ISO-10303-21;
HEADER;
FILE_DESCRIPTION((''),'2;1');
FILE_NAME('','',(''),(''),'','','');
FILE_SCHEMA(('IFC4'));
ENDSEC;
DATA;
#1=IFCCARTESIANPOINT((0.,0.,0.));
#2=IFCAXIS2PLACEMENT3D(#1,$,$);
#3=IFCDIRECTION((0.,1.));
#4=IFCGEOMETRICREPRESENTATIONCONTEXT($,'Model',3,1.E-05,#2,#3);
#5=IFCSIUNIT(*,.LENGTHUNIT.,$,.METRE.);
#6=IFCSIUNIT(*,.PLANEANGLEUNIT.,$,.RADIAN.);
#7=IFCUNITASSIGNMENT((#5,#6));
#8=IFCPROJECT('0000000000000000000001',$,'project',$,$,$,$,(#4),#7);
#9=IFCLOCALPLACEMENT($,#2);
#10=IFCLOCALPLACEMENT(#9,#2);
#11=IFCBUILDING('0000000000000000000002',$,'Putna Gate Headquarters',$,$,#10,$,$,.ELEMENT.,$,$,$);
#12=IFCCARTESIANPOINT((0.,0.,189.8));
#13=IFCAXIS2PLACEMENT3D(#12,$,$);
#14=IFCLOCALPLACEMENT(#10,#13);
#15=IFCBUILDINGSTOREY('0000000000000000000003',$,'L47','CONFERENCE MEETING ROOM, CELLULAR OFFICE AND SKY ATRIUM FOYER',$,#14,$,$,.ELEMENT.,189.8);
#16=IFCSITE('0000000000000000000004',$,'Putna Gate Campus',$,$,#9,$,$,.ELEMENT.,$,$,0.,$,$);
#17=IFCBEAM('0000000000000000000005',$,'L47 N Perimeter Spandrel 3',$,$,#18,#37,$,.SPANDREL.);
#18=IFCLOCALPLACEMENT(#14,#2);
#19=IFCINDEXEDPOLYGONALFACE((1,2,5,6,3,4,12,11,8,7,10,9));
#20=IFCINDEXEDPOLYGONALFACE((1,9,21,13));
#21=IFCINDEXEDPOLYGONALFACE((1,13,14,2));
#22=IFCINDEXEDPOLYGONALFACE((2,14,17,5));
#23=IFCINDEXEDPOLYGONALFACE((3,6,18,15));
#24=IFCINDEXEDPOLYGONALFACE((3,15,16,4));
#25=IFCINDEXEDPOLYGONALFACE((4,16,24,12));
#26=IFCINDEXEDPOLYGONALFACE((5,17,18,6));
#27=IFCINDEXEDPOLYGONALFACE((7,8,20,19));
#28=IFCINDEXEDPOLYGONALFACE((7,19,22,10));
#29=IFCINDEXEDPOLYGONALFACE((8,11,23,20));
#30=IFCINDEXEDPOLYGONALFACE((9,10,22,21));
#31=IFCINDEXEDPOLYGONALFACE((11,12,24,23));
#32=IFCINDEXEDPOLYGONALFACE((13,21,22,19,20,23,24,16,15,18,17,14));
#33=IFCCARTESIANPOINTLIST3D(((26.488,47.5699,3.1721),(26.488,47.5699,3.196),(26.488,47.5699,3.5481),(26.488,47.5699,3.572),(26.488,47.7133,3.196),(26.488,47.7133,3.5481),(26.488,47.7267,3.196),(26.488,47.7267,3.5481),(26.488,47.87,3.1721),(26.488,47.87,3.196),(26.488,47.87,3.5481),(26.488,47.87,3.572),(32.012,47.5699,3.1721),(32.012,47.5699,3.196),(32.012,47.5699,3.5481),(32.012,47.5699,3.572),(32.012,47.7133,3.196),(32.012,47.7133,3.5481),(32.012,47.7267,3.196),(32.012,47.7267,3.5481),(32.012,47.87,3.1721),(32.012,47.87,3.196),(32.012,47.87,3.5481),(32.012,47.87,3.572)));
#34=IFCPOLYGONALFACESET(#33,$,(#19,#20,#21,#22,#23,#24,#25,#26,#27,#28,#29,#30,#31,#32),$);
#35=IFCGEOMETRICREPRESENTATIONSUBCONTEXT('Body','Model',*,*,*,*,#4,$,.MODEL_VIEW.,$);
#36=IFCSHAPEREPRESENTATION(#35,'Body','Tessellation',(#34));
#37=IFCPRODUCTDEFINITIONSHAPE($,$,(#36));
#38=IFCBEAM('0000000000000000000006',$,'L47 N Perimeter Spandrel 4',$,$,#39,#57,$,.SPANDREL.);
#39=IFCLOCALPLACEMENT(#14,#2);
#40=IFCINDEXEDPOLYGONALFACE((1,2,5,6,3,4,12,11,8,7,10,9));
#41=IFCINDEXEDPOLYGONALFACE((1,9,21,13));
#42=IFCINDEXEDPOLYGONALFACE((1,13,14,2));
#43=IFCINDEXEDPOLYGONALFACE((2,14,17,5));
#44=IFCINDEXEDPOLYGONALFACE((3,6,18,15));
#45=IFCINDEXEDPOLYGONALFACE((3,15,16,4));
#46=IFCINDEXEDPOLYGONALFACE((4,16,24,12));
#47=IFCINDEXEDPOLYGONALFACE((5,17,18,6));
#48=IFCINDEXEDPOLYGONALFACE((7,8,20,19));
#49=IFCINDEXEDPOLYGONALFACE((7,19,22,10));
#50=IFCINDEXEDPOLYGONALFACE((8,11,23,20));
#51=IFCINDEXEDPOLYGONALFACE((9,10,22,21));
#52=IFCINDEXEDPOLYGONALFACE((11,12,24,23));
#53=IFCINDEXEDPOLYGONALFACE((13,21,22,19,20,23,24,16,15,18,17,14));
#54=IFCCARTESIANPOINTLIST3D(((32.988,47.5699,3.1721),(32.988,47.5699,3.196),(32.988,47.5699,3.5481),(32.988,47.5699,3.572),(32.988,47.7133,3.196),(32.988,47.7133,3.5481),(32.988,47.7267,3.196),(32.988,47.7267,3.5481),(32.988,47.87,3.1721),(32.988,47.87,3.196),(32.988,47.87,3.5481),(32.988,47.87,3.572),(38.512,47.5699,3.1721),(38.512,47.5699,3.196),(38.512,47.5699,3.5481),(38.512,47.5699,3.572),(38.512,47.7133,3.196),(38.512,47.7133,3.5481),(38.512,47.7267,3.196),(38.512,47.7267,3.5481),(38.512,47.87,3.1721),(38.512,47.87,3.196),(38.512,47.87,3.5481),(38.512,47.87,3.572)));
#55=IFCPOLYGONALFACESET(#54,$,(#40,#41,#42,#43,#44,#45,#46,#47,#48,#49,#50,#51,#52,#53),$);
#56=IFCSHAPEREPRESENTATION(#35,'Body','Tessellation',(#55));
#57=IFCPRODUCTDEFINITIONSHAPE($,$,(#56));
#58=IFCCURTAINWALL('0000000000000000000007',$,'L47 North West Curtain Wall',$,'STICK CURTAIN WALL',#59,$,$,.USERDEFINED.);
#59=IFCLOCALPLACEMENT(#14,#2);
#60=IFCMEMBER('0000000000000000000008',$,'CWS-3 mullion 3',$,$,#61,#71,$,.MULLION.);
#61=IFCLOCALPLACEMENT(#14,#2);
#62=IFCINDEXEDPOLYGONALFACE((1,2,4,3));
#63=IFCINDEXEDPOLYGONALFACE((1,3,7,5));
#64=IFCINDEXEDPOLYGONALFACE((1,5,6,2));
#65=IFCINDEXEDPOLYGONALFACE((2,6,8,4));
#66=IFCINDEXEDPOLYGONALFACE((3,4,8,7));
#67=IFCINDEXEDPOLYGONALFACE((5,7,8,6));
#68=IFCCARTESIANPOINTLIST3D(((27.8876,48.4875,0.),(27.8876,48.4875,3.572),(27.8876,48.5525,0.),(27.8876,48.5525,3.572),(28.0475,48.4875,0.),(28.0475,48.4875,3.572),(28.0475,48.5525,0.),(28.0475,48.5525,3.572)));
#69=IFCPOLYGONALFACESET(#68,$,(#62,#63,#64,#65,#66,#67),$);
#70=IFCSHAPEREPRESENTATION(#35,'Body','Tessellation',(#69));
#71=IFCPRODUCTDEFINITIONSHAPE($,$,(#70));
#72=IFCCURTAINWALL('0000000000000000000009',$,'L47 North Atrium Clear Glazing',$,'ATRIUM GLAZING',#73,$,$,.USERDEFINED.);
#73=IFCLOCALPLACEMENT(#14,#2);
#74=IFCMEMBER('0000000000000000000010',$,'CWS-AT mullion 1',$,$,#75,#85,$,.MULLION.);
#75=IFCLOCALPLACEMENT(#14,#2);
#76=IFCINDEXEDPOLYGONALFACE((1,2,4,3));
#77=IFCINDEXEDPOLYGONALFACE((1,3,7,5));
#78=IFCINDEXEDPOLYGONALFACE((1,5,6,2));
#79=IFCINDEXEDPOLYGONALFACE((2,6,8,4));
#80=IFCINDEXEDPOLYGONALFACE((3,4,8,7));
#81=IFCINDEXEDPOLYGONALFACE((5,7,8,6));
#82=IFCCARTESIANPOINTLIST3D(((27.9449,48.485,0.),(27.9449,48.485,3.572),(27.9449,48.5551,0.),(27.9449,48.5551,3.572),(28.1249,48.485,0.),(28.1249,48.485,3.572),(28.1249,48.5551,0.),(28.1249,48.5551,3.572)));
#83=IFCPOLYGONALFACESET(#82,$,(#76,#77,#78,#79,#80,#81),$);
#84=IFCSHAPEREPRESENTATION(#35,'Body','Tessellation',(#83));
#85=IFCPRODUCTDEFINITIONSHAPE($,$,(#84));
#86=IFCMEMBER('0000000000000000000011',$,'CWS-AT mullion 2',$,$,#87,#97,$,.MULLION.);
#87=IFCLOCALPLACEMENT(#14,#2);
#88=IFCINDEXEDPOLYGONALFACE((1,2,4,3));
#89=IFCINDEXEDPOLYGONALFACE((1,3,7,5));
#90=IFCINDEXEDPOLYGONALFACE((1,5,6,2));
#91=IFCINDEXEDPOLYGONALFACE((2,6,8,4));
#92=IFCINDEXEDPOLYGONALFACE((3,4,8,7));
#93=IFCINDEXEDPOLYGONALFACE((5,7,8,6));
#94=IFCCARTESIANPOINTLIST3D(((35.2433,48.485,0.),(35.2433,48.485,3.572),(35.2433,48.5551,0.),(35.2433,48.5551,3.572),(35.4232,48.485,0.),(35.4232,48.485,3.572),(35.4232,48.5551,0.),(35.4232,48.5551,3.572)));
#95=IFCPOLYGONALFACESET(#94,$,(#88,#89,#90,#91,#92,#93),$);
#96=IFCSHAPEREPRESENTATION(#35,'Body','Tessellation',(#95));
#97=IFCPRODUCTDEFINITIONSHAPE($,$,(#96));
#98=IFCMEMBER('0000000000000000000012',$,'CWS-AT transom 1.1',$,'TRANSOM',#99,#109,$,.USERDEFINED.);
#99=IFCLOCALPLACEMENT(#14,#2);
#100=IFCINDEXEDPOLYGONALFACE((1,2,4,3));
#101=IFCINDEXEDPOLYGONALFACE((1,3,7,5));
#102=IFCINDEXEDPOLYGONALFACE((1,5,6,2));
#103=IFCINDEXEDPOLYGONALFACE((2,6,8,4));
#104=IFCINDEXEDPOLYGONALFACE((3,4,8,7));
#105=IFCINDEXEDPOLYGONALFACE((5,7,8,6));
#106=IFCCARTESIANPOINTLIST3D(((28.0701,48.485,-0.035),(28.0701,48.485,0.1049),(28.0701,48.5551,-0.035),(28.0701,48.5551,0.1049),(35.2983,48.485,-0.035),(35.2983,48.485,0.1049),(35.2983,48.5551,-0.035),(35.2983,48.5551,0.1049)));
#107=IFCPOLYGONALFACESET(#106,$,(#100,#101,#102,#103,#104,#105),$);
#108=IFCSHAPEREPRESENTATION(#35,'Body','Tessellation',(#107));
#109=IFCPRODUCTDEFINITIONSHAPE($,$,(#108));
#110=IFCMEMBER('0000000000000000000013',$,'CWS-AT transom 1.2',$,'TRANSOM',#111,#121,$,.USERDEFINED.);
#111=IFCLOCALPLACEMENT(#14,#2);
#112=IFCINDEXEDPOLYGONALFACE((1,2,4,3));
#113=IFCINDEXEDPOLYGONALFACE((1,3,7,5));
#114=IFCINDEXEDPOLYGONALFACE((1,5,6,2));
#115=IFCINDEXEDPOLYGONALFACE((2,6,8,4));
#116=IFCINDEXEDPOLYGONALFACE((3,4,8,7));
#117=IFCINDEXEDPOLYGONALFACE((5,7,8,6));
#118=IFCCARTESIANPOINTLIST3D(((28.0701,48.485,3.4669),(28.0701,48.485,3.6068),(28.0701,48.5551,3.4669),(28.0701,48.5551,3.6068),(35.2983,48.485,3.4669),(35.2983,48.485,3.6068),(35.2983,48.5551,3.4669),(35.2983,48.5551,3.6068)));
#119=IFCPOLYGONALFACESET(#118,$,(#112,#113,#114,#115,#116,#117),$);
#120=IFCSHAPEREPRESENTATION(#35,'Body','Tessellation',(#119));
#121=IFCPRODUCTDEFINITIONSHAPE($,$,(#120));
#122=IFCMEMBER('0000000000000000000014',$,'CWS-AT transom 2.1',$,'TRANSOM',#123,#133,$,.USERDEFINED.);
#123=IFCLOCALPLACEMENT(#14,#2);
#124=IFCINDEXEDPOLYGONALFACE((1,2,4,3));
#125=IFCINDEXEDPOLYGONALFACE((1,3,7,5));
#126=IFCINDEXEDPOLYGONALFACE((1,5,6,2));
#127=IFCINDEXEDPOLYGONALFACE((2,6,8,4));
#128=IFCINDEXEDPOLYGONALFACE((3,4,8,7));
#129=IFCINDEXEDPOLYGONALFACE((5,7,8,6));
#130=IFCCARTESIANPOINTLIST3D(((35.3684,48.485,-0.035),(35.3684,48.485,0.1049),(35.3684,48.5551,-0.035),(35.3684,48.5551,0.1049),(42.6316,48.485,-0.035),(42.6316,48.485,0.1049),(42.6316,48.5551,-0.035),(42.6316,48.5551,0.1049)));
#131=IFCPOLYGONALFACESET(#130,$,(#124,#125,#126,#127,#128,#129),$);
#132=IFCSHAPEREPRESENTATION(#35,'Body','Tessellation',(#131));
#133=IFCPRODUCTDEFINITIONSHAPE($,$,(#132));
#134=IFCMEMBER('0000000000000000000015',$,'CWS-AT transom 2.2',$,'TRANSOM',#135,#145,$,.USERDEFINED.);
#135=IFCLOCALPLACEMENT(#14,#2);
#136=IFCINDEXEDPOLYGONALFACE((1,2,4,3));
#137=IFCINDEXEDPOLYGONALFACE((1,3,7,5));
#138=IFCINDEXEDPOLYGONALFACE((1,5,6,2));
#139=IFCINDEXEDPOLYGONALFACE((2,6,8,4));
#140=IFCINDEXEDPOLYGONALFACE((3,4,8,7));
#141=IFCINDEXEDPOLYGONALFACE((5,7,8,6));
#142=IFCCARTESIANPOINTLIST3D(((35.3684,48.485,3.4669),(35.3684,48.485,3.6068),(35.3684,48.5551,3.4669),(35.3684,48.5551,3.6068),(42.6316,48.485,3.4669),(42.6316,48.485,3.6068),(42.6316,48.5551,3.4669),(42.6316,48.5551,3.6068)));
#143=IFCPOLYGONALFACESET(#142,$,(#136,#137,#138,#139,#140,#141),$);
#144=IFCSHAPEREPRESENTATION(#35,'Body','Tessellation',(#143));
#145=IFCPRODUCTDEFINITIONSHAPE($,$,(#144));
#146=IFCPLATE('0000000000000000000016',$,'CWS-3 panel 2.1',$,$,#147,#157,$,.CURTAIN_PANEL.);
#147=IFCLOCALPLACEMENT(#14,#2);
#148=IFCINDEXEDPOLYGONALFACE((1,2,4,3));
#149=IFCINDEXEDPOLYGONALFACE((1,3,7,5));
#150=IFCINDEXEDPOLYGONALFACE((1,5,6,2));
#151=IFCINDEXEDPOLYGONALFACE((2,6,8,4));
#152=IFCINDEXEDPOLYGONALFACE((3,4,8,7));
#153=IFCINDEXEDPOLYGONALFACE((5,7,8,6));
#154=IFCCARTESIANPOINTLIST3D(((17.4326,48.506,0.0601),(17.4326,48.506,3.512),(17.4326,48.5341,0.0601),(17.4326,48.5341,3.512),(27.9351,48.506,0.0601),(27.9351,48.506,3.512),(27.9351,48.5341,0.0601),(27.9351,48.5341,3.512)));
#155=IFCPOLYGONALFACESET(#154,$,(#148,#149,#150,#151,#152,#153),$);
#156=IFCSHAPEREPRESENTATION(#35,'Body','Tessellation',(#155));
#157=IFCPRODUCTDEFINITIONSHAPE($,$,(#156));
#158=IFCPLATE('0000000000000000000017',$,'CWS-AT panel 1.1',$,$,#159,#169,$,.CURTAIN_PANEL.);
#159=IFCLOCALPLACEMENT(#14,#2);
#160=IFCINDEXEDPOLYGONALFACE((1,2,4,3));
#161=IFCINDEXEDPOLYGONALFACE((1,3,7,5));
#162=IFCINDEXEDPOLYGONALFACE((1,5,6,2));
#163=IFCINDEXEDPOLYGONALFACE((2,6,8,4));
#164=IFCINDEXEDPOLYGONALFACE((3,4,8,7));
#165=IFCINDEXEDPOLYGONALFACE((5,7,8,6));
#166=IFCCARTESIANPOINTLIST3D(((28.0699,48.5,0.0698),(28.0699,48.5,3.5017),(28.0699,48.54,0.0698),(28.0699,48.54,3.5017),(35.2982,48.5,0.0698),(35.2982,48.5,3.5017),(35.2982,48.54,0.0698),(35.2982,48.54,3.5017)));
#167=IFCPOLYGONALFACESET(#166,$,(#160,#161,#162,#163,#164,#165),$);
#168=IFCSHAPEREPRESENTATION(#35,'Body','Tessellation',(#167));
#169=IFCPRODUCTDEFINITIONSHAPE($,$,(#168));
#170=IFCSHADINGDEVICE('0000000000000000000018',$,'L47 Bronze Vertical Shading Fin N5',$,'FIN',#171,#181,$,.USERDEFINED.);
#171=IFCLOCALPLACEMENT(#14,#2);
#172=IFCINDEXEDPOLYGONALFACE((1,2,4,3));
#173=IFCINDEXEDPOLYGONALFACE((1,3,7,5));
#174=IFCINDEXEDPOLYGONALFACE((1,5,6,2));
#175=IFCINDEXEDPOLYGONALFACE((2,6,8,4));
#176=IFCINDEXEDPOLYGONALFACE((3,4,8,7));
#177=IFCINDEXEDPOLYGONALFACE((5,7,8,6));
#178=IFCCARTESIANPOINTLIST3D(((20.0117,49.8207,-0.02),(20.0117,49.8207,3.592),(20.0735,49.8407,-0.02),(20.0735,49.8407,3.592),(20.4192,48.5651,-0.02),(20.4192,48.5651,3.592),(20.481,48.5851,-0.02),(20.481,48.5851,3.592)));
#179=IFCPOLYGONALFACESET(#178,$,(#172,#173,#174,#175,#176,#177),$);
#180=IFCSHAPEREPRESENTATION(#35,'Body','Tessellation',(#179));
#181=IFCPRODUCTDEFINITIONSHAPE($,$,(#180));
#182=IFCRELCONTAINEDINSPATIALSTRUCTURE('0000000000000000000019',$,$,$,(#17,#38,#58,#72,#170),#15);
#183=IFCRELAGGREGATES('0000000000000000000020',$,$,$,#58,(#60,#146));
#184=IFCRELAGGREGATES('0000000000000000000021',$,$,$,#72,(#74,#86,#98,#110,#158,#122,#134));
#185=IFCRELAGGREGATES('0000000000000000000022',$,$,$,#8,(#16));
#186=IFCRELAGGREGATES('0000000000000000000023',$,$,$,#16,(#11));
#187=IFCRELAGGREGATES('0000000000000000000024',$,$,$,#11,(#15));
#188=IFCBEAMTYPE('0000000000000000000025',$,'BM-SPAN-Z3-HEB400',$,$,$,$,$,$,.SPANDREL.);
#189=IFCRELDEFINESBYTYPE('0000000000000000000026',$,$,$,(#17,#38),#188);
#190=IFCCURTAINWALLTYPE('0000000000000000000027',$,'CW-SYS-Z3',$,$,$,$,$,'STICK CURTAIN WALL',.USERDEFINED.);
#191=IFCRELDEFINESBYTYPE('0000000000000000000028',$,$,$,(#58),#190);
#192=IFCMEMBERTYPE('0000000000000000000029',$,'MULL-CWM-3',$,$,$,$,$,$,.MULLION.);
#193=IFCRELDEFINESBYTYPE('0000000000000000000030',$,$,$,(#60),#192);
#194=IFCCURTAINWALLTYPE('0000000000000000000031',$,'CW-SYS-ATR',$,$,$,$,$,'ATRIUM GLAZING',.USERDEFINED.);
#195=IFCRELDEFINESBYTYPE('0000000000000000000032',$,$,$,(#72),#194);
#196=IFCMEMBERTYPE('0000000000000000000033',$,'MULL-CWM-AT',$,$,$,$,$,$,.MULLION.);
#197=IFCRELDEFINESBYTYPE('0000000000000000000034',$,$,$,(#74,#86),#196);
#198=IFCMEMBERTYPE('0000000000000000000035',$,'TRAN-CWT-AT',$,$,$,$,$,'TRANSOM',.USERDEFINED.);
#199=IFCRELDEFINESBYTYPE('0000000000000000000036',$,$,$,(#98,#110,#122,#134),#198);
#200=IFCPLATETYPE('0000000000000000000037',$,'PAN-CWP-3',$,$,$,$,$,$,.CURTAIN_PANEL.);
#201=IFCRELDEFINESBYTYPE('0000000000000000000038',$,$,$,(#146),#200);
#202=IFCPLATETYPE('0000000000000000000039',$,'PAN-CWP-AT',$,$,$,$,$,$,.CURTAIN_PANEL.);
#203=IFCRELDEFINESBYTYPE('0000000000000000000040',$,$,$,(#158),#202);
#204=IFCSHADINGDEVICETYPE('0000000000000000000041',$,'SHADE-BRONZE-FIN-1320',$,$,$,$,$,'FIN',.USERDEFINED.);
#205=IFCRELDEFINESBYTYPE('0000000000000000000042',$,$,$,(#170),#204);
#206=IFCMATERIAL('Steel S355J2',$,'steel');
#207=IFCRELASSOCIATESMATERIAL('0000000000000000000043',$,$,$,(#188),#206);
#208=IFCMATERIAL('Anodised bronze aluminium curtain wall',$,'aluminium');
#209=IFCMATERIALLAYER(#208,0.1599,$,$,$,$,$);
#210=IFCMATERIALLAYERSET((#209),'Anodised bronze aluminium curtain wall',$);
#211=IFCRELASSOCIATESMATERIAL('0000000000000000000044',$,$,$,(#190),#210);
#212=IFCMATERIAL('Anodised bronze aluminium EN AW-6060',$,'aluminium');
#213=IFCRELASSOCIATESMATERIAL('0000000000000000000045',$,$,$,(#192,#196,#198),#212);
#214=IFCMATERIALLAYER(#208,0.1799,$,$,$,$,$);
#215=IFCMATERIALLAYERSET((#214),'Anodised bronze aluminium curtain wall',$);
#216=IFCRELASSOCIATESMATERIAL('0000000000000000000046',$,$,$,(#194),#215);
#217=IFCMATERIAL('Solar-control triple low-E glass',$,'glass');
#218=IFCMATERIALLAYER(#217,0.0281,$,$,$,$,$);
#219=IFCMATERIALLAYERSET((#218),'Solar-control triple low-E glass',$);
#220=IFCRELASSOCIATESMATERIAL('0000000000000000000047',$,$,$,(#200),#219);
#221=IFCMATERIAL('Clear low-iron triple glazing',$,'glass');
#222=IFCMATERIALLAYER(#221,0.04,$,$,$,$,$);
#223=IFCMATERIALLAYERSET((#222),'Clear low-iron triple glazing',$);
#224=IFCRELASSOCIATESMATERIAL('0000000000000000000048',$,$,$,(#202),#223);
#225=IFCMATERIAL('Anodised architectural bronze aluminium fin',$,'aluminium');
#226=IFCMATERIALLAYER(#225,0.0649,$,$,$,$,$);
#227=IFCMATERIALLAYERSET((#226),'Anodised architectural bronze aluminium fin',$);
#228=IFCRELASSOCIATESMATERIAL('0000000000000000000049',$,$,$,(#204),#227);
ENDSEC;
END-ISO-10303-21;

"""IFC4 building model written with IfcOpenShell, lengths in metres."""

from ifc_helpers import new_model, si_unit, direction, frame, origin, origin_2d, place, context, subcontext, project, spatial, rectangle, i_section, extrude, material, layer, layer_set, material_profile, profile_set, type_object, element, aggregate, save


model = new_model("IFC4")

# Units and contexts
model_context = context("Model", 3, precision=1e-05, world=origin(), true_north=direction((0.0, 1.0)))
body_context = subcontext(model_context, "Body", "Model", "MODEL_VIEW")
ifc_project = project(units=[si_unit("LENGTHUNIT", "METRE"), si_unit("PLANEANGLEUNIT", "RADIAN")], contexts=[model_context])

# Site, building, storey
site_placement = place(None, origin())
site = spatial("IfcSite", under=ifc_project, at=site_placement, Name="Putna Gate Campus", CompositionType="ELEMENT", RefElevation=0.0)
building_placement = place(site_placement, origin())
building = spatial("IfcBuilding", under=site, at=building_placement, Name="Putna Gate Headquarters", CompositionType="ELEMENT")
storey_placement = place(building_placement, frame((0.0, 0.0, 189.8)))
storey = spatial("IfcBuildingStorey", under=building, at=storey_placement, Name="L47", Description="CONFERENCE MEETING ROOM, CELLULAR OFFICE AND SKY ATRIUM FOYER", CompositionType="ELEMENT", Elevation=189.8)

# Beams
ifc_material_1 = material(Name="Steel S355J2", Category="steel")
ifc_material_profile_1 = material_profile(ifc_material_1, i_section(OverallWidth=0.3, OverallDepth=0.3999, WebThickness=0.0134, FlangeThickness=0.0239, at=origin_2d()), Name="Steel S355J2")
ifc_profile_set_1 = profile_set([ifc_material_profile_1], Name="Steel S355J2")
beam_type_1 = type_object("IfcBeamType", Name="BM-SPAN-Z3-HEB400", PredefinedType="SPANDREL", material=ifc_profile_set_1)
for number, where, z_axis, x_axis, name in (
    (1, (26.488, 47.72, 3.3721), (1.0, 0.0, 0.0), (0.0, 1.0, 0.0), "L47 N Perimeter Spandrel 3"),
    (2, (32.988, 47.72, 3.3721), (1.0, 0.0, 0.0), (0.0, 1.0, 0.0), "L47 N Perimeter Spandrel 4"),
):
    element("IfcBeam", number, at=place(storey_placement, frame(where, z_axis=z_axis, x_axis=x_axis)), inside=storey, type_object=beam_type_1, Name=name, PredefinedType="SPANDREL", context=body_context, shape_type="SweptSolid", body=[
        extrude(i_section(OverallWidth=0.3, OverallDepth=0.3999, WebThickness=0.0134, FlangeThickness=0.0239, at=origin_2d()), origin(), (0.0, 0.0, 1.0), 5.5239),
    ])

# Curtain wall, member
ifc_material_2 = material(Name="Anodised bronze aluminium curtain wall", Category="aluminium")
ifc_layer_1 = layer(ifc_material_2, 0.1599)
ifc_layer_set_1 = layer_set([ifc_layer_1], Name="Anodised bronze aluminium curtain wall")
curtain_wall_type_1 = type_object("IfcCurtainWallType", Name="CW-SYS-Z3", ElementType="STICK CURTAIN WALL", PredefinedType="USERDEFINED", material=ifc_layer_set_1)
curtain_wall_1_placement = place(storey_placement, origin())
curtain_wall_1 = element("IfcCurtainWall", 3, at=curtain_wall_1_placement, inside=storey, type_object=curtain_wall_type_1, Name="L47 North West Curtain Wall", ObjectType="STICK CURTAIN WALL", PredefinedType="USERDEFINED")
ifc_material_3 = material(Name="Anodised bronze aluminium EN AW-6060", Category="aluminium")
ifc_material_profile_2 = material_profile(ifc_material_3, rectangle(XDim=0.0649, YDim=0.1599, at=origin_2d()), Name="Anodised bronze aluminium EN AW-6060")
ifc_profile_set_2 = profile_set([ifc_material_profile_2], Name="Anodised bronze aluminium EN AW-6060")
member_type_1 = type_object("IfcMemberType", Name="MULL-CWM-3", PredefinedType="MULLION", material=ifc_profile_set_2)
member_1_placement = place(storey_placement, frame((27.9675, 48.52, 0.0), z_axis=(0.0, 0.0, 1.0), x_axis=(0.0, 1.0, 0.0)))
member_1 = element("IfcMember", 4, at=member_1_placement, type_object=member_type_1, Name="CWS-3 mullion 3", PredefinedType="MULLION", context=body_context, shape_type="SweptSolid", body=[
    extrude(rectangle(XDim=0.0649, YDim=0.1599, at=origin_2d()), origin(), (0.0, 0.0, 1.0), 3.572),
])

# Curtain wall, members
ifc_layer_2 = layer(ifc_material_2, 0.1799)
ifc_layer_set_2 = layer_set([ifc_layer_2], Name="Anodised bronze aluminium curtain wall")
curtain_wall_type_2 = type_object("IfcCurtainWallType", Name="CW-SYS-ATR", ElementType="ATRIUM GLAZING", PredefinedType="USERDEFINED", material=ifc_layer_set_2)
curtain_wall_2_placement = place(storey_placement, origin())
curtain_wall_2 = element("IfcCurtainWall", 5, at=curtain_wall_2_placement, inside=storey, type_object=curtain_wall_type_2, Name="L47 North Atrium Clear Glazing", ObjectType="ATRIUM GLAZING", PredefinedType="USERDEFINED")
ifc_material_profile_3 = material_profile(ifc_material_3, rectangle(XDim=0.0701, YDim=0.1799, at=origin_2d()), Name="Anodised bronze aluminium EN AW-6060")
ifc_profile_set_3 = profile_set([ifc_material_profile_3], Name="Anodised bronze aluminium EN AW-6060")
member_type_2 = type_object("IfcMemberType", Name="MULL-CWM-AT", PredefinedType="MULLION", material=ifc_profile_set_3)
member_2_placement = place(storey_placement, frame((28.0349, 48.52, 0.0), z_axis=(0.0, 0.0, 1.0), x_axis=(0.0, 1.0, 0.0)))
member_2 = element("IfcMember", 6, at=member_2_placement, type_object=member_type_2, Name="CWS-AT mullion 1", PredefinedType="MULLION", context=body_context, shape_type="SweptSolid", body=[
    extrude(rectangle(XDim=0.0701, YDim=0.1799, at=origin_2d()), origin(), (0.0, 0.0, 1.0), 3.572),
])
member_3_placement = place(storey_placement, frame((35.3333, 48.52, 0.0), z_axis=(0.0, 0.0, 1.0), x_axis=(0.0, 1.0, 0.0)))
member_3 = element("IfcMember", 7, at=member_3_placement, type_object=member_type_2, Name="CWS-AT mullion 2", PredefinedType="MULLION", context=body_context, shape_type="SweptSolid", body=[
    extrude(rectangle(XDim=0.0701, YDim=0.1799, at=origin_2d()), origin(), (0.0, 0.0, 1.0), 3.572),
])
ifc_material_profile_4 = material_profile(ifc_material_3, rectangle(XDim=0.0701, YDim=0.1399, at=origin_2d()), Name="Anodised bronze aluminium EN AW-6060")
ifc_profile_set_4 = profile_set([ifc_material_profile_4], Name="Anodised bronze aluminium EN AW-6060")
member_type_3 = type_object("IfcMemberType", Name="TRAN-CWT-AT", ElementType="TRANSOM", PredefinedType="USERDEFINED", material=ifc_profile_set_4)
member_4_placement = place(storey_placement, frame((28.0701, 48.52, 0.0349), z_axis=(1.0, 0.0, 0.0), x_axis=(0.0, 1.0, 0.0)))
member_4 = element("IfcMember", 8, at=member_4_placement, type_object=member_type_3, Name="CWS-AT transom 1.1", ObjectType="TRANSOM", PredefinedType="USERDEFINED", context=body_context, shape_type="SweptSolid", body=[
    extrude(rectangle(XDim=0.0701, YDim=0.1399, at=origin_2d()), origin(), (0.0, 0.0, 1.0), 7.2283),
])
member_5_placement = place(storey_placement, frame((28.0701, 48.52, 3.5369), z_axis=(1.0, 0.0, 0.0), x_axis=(0.0, 1.0, 0.0)))
member_5 = element("IfcMember", 9, at=member_5_placement, type_object=member_type_3, Name="CWS-AT transom 1.2", ObjectType="TRANSOM", PredefinedType="USERDEFINED", context=body_context, shape_type="SweptSolid", body=[
    extrude(rectangle(XDim=0.0701, YDim=0.1399, at=origin_2d()), origin(), (0.0, 0.0, 1.0), 7.2283),
])
member_6_placement = place(storey_placement, frame((35.3684, 48.52, 0.0349), z_axis=(1.0, 0.0, 0.0), x_axis=(0.0, 1.0, 0.0)))
member_6 = element("IfcMember", 10, at=member_6_placement, type_object=member_type_3, Name="CWS-AT transom 2.1", ObjectType="TRANSOM", PredefinedType="USERDEFINED", context=body_context, shape_type="SweptSolid", body=[
    extrude(rectangle(XDim=0.0701, YDim=0.1399, at=origin_2d()), origin(), (0.0, 0.0, 1.0), 7.2632),
])
member_7_placement = place(storey_placement, frame((35.3684, 48.52, 3.5369), z_axis=(1.0, 0.0, 0.0), x_axis=(0.0, 1.0, 0.0)))
member_7 = element("IfcMember", 11, at=member_7_placement, type_object=member_type_3, Name="CWS-AT transom 2.2", ObjectType="TRANSOM", PredefinedType="USERDEFINED", context=body_context, shape_type="SweptSolid", body=[
    extrude(rectangle(XDim=0.0701, YDim=0.1399, at=origin_2d()), origin(), (0.0, 0.0, 1.0), 7.2632),
])

# Plates
ifc_material_4 = material(Name="Solar-control triple low-E glass", Category="glass")
ifc_layer_3 = layer(ifc_material_4, 0.0281)
ifc_layer_set_3 = layer_set([ifc_layer_3], Name="Solar-control triple low-E glass")
plate_type_1 = type_object("IfcPlateType", Name="PAN-CWP-3", PredefinedType="CURTAIN_PANEL", material=ifc_layer_set_3)
plate_1_placement = place(storey_placement, frame((22.6838, 48.52, 0.0601), z_axis=(0.0, 0.0, 1.0), x_axis=(1.0, 0.0, 0.0)))
plate_1 = element("IfcPlate", 12, at=plate_1_placement, type_object=plate_type_1, Name="CWS-3 panel 2.1", PredefinedType="CURTAIN_PANEL", context=body_context, shape_type="SweptSolid", body=[
    extrude(rectangle(XDim=10.5024, YDim=0.0281, at=origin_2d()), origin(), (0.0, 0.0, 1.0), 3.4519),
])
aggregate(curtain_wall_1, [member_1, plate_1])
ifc_material_5 = material(Name="Clear low-iron triple glazing", Category="glass")
ifc_layer_4 = layer(ifc_material_5, 0.04)
ifc_layer_set_4 = layer_set([ifc_layer_4], Name="Clear low-iron triple glazing")
plate_type_2 = type_object("IfcPlateType", Name="PAN-CWP-AT", PredefinedType="CURTAIN_PANEL", material=ifc_layer_set_4)
plate_2_placement = place(storey_placement, frame((31.6841, 48.52, 0.0698), z_axis=(0.0, 0.0, 1.0), x_axis=(1.0, 0.0, 0.0)))
plate_2 = element("IfcPlate", 13, at=plate_2_placement, type_object=plate_type_2, Name="CWS-AT panel 1.1", PredefinedType="CURTAIN_PANEL", context=body_context, shape_type="SweptSolid", body=[
    extrude(rectangle(XDim=7.2283, YDim=0.04, at=origin_2d()), origin(), (0.0, 0.0, 1.0), 3.4319),
])
aggregate(curtain_wall_2, [member_2, member_3, member_4, member_5, plate_2, member_6, member_7])

# Shading device
ifc_material_6 = material(Name="Anodised architectural bronze aluminium fin", Category="aluminium")
ifc_layer_5 = layer(ifc_material_6, 0.0649)
ifc_layer_set_5 = layer_set([ifc_layer_5], Name="Anodised architectural bronze aluminium fin")
shading_device_type = type_object("IfcShadingDeviceType", Name="SHADE-BRONZE-FIN-1320", ElementType="FIN", PredefinedType="USERDEFINED", material=ifc_layer_set_5)
for number, where, z_axis, x_axis, name in (
    (14, (20.2463, 49.2029, -0.02), (0.0, 0.0, 1.0), (-0.308685, 0.951164, 0.0), "L47 Bronze Vertical Shading Fin N5"),
):
    element("IfcShadingDevice", number, at=place(storey_placement, frame(where, z_axis=z_axis, x_axis=x_axis)), inside=storey, type_object=shading_device_type, Name=name, ObjectType="FIN", PredefinedType="USERDEFINED", context=body_context, shape_type="SweptSolid", body=[
        extrude(rectangle(XDim=1.3201, YDim=0.0649, at=origin_2d()), origin(), (0.0, 0.0, 1.0), 3.6121),
    ])

save(model, "model.ifc")
